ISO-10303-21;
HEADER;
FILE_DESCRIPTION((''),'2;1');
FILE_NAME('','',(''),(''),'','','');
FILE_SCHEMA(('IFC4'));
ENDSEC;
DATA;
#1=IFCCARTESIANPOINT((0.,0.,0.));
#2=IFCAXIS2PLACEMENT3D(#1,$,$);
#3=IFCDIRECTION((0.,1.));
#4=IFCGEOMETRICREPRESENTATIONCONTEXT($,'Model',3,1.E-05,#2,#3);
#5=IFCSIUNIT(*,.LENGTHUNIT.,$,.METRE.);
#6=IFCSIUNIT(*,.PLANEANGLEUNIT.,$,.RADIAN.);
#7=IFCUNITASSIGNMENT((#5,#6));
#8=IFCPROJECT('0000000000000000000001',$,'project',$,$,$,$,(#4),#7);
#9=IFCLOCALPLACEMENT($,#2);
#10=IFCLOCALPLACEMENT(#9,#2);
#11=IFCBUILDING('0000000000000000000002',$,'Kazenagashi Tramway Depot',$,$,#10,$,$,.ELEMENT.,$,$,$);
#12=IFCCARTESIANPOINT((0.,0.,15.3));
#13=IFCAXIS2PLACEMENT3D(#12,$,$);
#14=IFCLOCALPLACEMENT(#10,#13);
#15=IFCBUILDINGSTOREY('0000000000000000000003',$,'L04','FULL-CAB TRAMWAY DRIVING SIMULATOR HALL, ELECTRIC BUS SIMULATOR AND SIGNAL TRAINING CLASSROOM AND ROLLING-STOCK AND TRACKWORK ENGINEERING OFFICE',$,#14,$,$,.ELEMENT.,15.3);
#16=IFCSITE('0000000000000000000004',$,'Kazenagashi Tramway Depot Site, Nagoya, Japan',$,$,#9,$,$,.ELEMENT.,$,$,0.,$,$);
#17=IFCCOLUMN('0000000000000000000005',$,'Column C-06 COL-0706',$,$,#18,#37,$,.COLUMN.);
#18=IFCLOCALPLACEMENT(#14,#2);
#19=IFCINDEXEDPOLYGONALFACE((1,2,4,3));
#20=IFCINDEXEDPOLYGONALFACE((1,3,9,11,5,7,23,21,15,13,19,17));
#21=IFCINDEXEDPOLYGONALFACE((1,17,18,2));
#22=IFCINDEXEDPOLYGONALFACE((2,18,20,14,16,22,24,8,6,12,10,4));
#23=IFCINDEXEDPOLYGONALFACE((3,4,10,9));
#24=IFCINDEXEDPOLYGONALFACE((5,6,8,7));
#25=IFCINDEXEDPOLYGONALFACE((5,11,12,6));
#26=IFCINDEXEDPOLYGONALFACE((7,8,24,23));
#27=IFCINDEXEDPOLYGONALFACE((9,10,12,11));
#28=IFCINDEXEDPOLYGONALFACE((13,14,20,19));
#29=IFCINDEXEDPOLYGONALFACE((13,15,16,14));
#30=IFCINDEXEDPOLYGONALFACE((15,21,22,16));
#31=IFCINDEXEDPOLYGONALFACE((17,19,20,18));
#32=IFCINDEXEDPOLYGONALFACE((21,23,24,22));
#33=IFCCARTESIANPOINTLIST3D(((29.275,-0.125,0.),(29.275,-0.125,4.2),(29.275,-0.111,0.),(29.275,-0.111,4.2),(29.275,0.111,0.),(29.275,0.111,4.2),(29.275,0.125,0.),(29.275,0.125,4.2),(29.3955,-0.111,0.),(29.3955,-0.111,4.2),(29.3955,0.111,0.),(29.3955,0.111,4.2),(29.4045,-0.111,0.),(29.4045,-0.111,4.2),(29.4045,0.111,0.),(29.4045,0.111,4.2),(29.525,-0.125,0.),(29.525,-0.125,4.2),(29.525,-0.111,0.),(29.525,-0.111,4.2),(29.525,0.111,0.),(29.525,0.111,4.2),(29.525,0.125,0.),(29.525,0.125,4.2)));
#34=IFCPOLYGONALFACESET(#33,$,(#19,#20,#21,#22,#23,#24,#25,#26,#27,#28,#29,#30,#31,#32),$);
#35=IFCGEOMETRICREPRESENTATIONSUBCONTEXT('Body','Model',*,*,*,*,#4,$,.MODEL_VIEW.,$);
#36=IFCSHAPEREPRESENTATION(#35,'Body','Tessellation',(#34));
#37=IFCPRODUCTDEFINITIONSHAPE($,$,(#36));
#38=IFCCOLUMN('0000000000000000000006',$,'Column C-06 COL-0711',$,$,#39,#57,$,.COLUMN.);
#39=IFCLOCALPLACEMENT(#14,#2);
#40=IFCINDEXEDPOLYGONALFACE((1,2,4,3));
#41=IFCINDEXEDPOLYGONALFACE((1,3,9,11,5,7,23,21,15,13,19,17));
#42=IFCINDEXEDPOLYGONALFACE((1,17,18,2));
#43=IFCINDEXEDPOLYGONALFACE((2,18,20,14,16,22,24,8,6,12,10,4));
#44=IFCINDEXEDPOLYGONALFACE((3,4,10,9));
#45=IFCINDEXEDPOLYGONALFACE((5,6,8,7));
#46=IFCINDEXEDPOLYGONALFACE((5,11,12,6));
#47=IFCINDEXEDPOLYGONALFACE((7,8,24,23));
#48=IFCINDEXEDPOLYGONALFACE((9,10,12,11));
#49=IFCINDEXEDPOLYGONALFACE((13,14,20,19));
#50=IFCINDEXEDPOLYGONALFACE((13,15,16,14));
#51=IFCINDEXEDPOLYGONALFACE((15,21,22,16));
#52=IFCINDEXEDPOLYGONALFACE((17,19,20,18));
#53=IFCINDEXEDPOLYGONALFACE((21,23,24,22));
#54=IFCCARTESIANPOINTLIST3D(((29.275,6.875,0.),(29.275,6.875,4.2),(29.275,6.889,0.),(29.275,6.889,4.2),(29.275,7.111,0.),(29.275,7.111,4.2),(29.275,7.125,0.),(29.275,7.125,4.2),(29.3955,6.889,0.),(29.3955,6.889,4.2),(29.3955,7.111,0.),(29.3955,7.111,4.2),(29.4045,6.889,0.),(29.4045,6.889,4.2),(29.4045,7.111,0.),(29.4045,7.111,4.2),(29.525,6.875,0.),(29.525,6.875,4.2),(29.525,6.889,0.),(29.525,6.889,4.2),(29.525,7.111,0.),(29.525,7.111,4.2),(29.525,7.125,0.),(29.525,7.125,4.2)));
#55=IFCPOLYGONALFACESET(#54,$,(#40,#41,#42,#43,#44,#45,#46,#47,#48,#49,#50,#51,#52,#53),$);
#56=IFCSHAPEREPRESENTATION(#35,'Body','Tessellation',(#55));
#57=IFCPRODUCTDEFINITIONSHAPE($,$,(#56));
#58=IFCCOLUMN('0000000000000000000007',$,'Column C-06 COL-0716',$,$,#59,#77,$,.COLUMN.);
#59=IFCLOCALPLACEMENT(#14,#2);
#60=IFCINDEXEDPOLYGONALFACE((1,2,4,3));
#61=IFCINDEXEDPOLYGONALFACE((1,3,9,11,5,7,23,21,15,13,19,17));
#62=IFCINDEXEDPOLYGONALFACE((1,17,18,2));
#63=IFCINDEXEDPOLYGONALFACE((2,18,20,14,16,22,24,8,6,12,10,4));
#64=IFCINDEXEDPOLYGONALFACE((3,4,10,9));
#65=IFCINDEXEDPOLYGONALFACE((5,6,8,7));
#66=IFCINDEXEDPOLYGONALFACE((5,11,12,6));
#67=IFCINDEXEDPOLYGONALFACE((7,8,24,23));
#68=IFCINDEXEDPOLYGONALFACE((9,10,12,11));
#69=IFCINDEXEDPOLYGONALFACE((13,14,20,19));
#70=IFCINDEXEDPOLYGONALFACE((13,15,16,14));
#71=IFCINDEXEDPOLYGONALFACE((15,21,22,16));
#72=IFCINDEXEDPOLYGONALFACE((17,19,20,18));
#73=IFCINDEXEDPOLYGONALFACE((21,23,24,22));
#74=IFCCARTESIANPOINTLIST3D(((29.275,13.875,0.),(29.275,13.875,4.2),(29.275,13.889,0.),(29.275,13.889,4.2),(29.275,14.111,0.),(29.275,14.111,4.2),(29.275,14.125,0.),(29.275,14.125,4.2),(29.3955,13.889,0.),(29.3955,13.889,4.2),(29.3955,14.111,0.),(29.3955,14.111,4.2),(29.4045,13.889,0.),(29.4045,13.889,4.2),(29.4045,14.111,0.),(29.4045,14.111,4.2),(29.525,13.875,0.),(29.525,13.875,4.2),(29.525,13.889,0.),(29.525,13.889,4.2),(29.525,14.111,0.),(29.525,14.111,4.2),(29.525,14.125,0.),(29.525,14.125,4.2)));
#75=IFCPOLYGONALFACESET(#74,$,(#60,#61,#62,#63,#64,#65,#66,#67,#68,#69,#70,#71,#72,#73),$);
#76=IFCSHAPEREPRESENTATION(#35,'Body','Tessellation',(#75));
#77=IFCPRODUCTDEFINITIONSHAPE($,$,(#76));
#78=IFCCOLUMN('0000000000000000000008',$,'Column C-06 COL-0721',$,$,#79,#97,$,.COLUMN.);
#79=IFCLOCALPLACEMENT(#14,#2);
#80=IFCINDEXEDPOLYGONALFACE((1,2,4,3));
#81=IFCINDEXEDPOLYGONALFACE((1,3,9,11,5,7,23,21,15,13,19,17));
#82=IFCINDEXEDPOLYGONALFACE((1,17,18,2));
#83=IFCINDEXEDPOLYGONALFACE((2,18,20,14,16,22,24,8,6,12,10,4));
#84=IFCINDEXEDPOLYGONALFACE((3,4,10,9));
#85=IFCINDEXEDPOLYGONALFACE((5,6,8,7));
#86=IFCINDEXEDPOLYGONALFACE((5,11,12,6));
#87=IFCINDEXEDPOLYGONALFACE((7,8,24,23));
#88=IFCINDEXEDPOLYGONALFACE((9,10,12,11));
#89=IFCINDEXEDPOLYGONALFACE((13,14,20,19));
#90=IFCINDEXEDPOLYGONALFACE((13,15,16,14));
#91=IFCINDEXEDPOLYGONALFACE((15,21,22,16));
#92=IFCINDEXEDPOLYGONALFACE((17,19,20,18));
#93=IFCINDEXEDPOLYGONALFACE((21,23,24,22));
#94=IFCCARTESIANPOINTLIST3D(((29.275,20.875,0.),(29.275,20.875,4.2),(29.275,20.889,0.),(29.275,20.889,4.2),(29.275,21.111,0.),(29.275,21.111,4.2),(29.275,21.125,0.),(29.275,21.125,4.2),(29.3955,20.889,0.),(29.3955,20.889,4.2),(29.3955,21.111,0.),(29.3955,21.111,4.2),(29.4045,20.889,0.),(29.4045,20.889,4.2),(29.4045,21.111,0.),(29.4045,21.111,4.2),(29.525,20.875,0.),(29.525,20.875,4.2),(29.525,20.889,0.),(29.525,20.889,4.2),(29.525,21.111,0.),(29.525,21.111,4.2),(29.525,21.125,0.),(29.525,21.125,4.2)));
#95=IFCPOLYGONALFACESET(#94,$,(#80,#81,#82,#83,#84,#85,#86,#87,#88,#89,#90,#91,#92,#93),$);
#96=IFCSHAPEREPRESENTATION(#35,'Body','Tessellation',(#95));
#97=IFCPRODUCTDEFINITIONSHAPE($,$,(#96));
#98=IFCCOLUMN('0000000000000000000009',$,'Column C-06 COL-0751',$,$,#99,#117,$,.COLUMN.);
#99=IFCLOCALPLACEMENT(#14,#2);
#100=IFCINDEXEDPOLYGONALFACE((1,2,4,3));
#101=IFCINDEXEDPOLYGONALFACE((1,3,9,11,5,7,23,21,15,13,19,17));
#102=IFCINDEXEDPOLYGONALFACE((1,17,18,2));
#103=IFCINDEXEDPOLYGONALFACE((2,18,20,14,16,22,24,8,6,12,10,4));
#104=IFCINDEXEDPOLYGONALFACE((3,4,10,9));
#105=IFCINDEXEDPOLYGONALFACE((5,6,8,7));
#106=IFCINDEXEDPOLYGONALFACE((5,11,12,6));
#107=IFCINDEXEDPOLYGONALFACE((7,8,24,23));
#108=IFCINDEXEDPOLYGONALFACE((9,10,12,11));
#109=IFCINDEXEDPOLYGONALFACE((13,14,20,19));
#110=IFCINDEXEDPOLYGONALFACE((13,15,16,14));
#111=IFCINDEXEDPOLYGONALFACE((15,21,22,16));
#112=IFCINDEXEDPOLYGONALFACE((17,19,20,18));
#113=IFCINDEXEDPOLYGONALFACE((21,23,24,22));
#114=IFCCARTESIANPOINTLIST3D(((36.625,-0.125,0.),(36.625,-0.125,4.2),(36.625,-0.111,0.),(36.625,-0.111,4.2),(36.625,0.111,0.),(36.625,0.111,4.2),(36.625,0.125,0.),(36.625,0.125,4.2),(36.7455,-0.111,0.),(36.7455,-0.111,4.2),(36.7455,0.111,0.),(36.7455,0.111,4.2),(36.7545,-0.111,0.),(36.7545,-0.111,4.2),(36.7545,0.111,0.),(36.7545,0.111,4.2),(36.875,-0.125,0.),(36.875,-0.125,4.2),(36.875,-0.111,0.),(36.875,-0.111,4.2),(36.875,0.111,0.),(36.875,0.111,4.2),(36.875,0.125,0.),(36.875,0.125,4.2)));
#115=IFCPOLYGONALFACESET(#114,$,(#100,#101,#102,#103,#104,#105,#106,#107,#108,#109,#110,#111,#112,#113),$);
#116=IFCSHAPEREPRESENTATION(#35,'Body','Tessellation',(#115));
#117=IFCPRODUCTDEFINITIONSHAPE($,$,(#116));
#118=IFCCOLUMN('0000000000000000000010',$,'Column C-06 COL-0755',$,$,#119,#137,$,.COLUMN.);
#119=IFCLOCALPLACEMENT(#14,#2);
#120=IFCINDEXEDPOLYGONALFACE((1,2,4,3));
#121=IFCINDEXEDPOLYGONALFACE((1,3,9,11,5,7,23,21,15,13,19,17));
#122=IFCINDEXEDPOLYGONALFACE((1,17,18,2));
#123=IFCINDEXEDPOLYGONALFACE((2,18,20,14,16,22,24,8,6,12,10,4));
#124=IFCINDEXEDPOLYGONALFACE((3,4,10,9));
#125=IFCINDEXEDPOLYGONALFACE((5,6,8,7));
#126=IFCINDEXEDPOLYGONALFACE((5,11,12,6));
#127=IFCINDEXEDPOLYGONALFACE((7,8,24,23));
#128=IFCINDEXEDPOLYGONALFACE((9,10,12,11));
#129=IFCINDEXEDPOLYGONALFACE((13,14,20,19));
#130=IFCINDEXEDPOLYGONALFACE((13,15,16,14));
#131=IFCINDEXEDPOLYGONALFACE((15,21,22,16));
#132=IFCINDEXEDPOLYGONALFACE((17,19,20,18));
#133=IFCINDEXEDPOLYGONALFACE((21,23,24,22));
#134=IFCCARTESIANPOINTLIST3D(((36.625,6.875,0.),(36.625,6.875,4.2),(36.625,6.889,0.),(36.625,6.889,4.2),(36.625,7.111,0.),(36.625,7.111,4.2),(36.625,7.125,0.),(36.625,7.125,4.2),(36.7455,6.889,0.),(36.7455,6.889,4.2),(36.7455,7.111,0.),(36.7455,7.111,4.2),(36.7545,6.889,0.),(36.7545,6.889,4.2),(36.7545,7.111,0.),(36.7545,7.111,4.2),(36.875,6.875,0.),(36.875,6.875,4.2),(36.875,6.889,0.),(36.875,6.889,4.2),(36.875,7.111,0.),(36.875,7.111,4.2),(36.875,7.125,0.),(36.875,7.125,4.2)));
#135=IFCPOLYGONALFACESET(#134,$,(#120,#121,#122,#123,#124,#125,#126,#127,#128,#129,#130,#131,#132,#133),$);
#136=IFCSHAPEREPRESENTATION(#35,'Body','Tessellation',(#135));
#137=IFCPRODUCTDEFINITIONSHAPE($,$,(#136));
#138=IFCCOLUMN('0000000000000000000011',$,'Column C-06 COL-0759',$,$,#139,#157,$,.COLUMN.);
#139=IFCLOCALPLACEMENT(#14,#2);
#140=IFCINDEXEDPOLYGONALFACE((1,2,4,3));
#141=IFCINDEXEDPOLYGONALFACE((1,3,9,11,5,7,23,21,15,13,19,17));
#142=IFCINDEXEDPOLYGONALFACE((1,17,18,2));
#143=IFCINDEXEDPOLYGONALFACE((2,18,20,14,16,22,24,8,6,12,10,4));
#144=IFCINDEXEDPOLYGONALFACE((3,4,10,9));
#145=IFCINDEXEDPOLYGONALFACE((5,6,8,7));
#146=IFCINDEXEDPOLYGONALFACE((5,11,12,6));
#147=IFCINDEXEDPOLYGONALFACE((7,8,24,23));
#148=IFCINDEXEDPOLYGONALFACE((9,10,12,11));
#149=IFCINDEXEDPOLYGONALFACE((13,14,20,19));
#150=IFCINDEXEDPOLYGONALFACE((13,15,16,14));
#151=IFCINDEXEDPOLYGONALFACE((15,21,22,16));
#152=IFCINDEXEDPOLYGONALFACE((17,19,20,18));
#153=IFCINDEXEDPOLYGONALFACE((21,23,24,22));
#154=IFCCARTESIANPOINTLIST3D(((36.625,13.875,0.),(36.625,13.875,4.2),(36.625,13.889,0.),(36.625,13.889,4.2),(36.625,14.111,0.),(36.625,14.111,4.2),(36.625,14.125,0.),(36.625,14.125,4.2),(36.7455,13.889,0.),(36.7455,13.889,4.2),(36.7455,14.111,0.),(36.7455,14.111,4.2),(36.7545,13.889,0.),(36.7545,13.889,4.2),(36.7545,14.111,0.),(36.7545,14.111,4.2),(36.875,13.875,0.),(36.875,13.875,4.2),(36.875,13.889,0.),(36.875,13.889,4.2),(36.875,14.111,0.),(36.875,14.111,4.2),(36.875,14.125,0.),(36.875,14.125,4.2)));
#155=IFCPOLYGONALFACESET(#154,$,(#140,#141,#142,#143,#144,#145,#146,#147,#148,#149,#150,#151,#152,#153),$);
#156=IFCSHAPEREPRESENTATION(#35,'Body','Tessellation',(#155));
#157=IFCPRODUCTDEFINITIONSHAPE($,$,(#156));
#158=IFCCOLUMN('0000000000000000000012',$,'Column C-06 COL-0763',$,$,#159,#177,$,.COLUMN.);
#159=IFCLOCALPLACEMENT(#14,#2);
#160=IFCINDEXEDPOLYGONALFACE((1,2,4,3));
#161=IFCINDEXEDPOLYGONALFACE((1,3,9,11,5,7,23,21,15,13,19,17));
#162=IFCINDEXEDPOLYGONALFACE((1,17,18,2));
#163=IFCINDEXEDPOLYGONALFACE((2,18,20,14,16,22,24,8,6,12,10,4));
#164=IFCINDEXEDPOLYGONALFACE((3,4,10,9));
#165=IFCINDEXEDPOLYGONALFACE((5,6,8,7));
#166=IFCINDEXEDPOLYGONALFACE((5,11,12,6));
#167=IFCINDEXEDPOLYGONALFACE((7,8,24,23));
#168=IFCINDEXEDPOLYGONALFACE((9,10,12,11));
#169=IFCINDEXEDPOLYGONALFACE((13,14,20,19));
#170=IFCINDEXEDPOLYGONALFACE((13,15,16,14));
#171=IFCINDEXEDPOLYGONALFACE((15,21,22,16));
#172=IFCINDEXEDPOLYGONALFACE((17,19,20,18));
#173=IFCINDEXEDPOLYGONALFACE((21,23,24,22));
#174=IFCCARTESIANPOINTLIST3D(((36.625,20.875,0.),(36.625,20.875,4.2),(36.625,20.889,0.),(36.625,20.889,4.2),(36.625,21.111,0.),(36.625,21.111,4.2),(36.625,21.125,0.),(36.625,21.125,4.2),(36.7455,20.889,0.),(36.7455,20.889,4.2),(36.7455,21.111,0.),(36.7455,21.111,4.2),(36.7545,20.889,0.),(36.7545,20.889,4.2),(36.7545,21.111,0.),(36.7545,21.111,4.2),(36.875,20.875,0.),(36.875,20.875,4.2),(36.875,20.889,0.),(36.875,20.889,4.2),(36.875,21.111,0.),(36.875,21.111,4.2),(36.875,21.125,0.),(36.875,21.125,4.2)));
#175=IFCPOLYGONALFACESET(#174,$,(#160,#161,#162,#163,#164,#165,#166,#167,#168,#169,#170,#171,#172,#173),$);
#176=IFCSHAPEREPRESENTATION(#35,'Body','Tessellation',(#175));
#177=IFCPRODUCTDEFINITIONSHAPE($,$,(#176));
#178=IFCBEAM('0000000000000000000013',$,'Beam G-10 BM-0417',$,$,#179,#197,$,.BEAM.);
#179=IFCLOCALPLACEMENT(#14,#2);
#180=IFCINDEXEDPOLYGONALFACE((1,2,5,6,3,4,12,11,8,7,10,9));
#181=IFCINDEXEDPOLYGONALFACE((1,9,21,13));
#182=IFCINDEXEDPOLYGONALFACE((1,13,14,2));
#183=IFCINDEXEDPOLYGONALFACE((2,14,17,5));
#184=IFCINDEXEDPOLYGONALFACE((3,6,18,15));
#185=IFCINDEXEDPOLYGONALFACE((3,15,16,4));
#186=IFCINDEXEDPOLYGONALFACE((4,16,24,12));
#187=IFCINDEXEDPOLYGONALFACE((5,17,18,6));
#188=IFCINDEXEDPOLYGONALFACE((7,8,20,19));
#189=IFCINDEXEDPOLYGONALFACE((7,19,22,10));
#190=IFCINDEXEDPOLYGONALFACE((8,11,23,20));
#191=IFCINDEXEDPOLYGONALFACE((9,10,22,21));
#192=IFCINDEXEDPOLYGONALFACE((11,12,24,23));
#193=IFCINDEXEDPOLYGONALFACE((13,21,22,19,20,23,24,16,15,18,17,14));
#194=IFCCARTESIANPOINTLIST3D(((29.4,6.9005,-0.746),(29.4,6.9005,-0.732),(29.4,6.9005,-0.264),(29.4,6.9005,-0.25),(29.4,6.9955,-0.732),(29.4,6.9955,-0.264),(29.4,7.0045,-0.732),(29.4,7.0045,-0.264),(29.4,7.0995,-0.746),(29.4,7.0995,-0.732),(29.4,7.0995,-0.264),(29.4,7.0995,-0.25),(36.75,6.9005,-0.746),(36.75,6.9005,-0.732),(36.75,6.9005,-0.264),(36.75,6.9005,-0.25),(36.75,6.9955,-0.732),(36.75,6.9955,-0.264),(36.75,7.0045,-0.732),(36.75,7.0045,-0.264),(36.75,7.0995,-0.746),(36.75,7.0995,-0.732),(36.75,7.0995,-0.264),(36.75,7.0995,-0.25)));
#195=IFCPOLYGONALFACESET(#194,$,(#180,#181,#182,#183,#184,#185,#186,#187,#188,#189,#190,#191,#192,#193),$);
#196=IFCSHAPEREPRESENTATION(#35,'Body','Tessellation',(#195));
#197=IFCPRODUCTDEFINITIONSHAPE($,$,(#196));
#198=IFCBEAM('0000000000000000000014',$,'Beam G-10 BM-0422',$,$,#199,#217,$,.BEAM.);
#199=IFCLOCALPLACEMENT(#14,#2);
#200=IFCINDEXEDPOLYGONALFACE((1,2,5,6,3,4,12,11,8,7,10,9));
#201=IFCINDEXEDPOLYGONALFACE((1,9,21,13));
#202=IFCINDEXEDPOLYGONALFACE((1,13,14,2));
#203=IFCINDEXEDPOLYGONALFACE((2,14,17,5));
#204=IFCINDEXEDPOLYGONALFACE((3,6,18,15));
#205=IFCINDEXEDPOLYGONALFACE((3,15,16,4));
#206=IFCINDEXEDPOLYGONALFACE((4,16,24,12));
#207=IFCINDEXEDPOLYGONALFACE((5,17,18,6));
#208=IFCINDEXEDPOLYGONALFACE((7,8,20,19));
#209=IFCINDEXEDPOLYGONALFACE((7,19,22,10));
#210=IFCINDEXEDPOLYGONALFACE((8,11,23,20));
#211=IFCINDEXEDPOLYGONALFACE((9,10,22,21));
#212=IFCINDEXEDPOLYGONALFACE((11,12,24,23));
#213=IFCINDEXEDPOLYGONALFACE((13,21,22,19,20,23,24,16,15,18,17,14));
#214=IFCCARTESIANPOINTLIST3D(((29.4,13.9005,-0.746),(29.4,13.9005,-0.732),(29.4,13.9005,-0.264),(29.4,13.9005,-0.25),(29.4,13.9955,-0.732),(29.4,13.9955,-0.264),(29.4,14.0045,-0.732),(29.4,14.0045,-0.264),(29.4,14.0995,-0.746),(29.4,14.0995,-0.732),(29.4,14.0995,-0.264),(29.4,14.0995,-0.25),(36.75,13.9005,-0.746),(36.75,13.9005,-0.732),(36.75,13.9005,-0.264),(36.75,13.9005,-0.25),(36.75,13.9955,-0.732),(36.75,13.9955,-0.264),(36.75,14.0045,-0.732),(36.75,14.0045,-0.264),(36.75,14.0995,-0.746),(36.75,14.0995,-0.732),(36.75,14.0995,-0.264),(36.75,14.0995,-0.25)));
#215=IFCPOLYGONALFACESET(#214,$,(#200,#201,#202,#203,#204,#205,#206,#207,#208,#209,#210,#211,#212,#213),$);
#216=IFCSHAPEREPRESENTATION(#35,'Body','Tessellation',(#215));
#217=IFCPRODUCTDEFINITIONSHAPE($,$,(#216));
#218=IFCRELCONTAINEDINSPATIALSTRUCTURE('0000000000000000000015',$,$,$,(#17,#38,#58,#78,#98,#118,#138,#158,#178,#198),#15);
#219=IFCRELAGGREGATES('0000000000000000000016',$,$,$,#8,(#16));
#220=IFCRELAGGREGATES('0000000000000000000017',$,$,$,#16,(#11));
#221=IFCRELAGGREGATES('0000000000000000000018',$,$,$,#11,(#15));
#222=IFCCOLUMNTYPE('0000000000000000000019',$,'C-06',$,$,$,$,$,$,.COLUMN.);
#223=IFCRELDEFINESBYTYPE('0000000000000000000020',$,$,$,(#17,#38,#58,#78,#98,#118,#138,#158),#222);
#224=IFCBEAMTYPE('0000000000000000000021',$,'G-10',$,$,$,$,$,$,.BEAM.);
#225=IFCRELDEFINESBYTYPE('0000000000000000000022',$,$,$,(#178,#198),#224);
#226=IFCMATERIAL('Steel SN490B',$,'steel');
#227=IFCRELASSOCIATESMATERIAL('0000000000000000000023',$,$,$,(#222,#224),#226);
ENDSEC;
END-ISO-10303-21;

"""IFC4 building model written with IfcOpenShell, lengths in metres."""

from ifc_helpers import new_model, si_unit, direction, frame, origin, origin_2d, place, context, subcontext, project, spatial, i_section, extrude, material, material_profile, profile_set, type_object, element, save


model = new_model("IFC4")

# Units and contexts
model_context = context("Model", 3, precision=1e-05, world=origin(), true_north=direction((0.0, 1.0)))
body_context = subcontext(model_context, "Body", "Model", "MODEL_VIEW")
ifc_project = project(units=[si_unit("LENGTHUNIT", "METRE"), si_unit("PLANEANGLEUNIT", "RADIAN")], contexts=[model_context])

# Site, building, storey
site_placement = place(None, origin())
site = spatial("IfcSite", under=ifc_project, at=site_placement, Name="Kazenagashi Tramway Depot Site, Nagoya, Japan", CompositionType="ELEMENT", RefElevation=0.0)
building_placement = place(site_placement, origin())
building = spatial("IfcBuilding", under=site, at=building_placement, Name="Kazenagashi Tramway Depot", CompositionType="ELEMENT")
storey_placement = place(building_placement, frame((0.0, 0.0, 15.3)))
storey = spatial("IfcBuildingStorey", under=building, at=storey_placement, Name="L04", Description="FULL-CAB TRAMWAY DRIVING SIMULATOR HALL, ELECTRIC BUS SIMULATOR AND SIGNAL TRAINING CLASSROOM AND ROLLING-STOCK AND TRACKWORK ENGINEERING OFFICE", CompositionType="ELEMENT", Elevation=15.3)

# Columns
ifc_material_1 = material(Name="Steel SN490B", Category="steel")
ifc_material_profile_1 = material_profile(ifc_material_1, i_section(OverallWidth=0.25, OverallDepth=0.25, WebThickness=0.009, FlangeThickness=0.014, at=origin_2d()), Name="H-250x250x9x14")
ifc_profile_set_1 = profile_set([ifc_material_profile_1], Name="Steel SN490B")
column_type = type_object("IfcColumnType", Name="C-06", PredefinedType="COLUMN", material=ifc_profile_set_1)
for number, where, z_axis, x_axis, name in (
    (1, (29.4, 0.0, 0.0), (0.0, 0.0, 1.0), (1.0, 0.0, 0.0), "Column C-06 COL-0706"),
    (2, (29.4, 7.0, 0.0), (0.0, 0.0, 1.0), (1.0, 0.0, 0.0), "Column C-06 COL-0711"),
    (3, (29.4, 14.0, 0.0), (0.0, 0.0, 1.0), (1.0, 0.0, 0.0), "Column C-06 COL-0716"),
    (4, (29.4, 21.0, 0.0), (0.0, 0.0, 1.0), (1.0, 0.0, 0.0), "Column C-06 COL-0721"),
    (5, (36.75, 0.0, 0.0), (0.0, 0.0, 1.0), (1.0, 0.0, 0.0), "Column C-06 COL-0751"),
    (6, (36.75, 7.0, 0.0), (0.0, 0.0, 1.0), (1.0, 0.0, 0.0), "Column C-06 COL-0755"),
    (7, (36.75, 14.0, 0.0), (0.0, 0.0, 1.0), (1.0, 0.0, 0.0), "Column C-06 COL-0759"),
    (8, (36.75, 21.0, 0.0), (0.0, 0.0, 1.0), (1.0, 0.0, 0.0), "Column C-06 COL-0763"),
):
    element("IfcColumn", number, at=place(storey_placement, frame(where, z_axis=z_axis, x_axis=x_axis)), inside=storey, type_object=column_type, Name=name, PredefinedType="COLUMN", context=body_context, shape_type="SweptSolid", body=[
        extrude(i_section(OverallWidth=0.25, OverallDepth=0.25, WebThickness=0.009, FlangeThickness=0.014, at=origin_2d()), origin(), (0.0, 0.0, 1.0), 4.2),
    ])

# Beams
ifc_material_profile_2 = material_profile(ifc_material_1, i_section(OverallWidth=0.199, OverallDepth=0.496, WebThickness=0.009, FlangeThickness=0.014, at=origin_2d()), Name="H-496x199x9x14")
ifc_profile_set_2 = profile_set([ifc_material_profile_2], Name="Steel SN490B")
beam_type_1 = type_object("IfcBeamType", Name="G-10", PredefinedType="BEAM", material=ifc_profile_set_2)
for number, where, z_axis, x_axis, name in (
    (9, (29.4, 7.0, -0.498), (1.0, 0.0, 0.0), (0.0, 1.0, 0.0), "Beam G-10 BM-0417"),
    (10, (29.4, 14.0, -0.498), (1.0, 0.0, 0.0), (0.0, 1.0, 0.0), "Beam G-10 BM-0422"),
):
    element("IfcBeam", number, at=place(storey_placement, frame(where, z_axis=z_axis, x_axis=x_axis)), inside=storey, type_object=beam_type_1, Name=name, PredefinedType="BEAM", context=body_context, shape_type="SweptSolid", body=[
        extrude(i_section(OverallWidth=0.199, OverallDepth=0.496, WebThickness=0.009, FlangeThickness=0.014, at=origin_2d()), origin(), (0.0, 0.0, 1.0), 7.35),
    ])

save(model, "model.ifc")
